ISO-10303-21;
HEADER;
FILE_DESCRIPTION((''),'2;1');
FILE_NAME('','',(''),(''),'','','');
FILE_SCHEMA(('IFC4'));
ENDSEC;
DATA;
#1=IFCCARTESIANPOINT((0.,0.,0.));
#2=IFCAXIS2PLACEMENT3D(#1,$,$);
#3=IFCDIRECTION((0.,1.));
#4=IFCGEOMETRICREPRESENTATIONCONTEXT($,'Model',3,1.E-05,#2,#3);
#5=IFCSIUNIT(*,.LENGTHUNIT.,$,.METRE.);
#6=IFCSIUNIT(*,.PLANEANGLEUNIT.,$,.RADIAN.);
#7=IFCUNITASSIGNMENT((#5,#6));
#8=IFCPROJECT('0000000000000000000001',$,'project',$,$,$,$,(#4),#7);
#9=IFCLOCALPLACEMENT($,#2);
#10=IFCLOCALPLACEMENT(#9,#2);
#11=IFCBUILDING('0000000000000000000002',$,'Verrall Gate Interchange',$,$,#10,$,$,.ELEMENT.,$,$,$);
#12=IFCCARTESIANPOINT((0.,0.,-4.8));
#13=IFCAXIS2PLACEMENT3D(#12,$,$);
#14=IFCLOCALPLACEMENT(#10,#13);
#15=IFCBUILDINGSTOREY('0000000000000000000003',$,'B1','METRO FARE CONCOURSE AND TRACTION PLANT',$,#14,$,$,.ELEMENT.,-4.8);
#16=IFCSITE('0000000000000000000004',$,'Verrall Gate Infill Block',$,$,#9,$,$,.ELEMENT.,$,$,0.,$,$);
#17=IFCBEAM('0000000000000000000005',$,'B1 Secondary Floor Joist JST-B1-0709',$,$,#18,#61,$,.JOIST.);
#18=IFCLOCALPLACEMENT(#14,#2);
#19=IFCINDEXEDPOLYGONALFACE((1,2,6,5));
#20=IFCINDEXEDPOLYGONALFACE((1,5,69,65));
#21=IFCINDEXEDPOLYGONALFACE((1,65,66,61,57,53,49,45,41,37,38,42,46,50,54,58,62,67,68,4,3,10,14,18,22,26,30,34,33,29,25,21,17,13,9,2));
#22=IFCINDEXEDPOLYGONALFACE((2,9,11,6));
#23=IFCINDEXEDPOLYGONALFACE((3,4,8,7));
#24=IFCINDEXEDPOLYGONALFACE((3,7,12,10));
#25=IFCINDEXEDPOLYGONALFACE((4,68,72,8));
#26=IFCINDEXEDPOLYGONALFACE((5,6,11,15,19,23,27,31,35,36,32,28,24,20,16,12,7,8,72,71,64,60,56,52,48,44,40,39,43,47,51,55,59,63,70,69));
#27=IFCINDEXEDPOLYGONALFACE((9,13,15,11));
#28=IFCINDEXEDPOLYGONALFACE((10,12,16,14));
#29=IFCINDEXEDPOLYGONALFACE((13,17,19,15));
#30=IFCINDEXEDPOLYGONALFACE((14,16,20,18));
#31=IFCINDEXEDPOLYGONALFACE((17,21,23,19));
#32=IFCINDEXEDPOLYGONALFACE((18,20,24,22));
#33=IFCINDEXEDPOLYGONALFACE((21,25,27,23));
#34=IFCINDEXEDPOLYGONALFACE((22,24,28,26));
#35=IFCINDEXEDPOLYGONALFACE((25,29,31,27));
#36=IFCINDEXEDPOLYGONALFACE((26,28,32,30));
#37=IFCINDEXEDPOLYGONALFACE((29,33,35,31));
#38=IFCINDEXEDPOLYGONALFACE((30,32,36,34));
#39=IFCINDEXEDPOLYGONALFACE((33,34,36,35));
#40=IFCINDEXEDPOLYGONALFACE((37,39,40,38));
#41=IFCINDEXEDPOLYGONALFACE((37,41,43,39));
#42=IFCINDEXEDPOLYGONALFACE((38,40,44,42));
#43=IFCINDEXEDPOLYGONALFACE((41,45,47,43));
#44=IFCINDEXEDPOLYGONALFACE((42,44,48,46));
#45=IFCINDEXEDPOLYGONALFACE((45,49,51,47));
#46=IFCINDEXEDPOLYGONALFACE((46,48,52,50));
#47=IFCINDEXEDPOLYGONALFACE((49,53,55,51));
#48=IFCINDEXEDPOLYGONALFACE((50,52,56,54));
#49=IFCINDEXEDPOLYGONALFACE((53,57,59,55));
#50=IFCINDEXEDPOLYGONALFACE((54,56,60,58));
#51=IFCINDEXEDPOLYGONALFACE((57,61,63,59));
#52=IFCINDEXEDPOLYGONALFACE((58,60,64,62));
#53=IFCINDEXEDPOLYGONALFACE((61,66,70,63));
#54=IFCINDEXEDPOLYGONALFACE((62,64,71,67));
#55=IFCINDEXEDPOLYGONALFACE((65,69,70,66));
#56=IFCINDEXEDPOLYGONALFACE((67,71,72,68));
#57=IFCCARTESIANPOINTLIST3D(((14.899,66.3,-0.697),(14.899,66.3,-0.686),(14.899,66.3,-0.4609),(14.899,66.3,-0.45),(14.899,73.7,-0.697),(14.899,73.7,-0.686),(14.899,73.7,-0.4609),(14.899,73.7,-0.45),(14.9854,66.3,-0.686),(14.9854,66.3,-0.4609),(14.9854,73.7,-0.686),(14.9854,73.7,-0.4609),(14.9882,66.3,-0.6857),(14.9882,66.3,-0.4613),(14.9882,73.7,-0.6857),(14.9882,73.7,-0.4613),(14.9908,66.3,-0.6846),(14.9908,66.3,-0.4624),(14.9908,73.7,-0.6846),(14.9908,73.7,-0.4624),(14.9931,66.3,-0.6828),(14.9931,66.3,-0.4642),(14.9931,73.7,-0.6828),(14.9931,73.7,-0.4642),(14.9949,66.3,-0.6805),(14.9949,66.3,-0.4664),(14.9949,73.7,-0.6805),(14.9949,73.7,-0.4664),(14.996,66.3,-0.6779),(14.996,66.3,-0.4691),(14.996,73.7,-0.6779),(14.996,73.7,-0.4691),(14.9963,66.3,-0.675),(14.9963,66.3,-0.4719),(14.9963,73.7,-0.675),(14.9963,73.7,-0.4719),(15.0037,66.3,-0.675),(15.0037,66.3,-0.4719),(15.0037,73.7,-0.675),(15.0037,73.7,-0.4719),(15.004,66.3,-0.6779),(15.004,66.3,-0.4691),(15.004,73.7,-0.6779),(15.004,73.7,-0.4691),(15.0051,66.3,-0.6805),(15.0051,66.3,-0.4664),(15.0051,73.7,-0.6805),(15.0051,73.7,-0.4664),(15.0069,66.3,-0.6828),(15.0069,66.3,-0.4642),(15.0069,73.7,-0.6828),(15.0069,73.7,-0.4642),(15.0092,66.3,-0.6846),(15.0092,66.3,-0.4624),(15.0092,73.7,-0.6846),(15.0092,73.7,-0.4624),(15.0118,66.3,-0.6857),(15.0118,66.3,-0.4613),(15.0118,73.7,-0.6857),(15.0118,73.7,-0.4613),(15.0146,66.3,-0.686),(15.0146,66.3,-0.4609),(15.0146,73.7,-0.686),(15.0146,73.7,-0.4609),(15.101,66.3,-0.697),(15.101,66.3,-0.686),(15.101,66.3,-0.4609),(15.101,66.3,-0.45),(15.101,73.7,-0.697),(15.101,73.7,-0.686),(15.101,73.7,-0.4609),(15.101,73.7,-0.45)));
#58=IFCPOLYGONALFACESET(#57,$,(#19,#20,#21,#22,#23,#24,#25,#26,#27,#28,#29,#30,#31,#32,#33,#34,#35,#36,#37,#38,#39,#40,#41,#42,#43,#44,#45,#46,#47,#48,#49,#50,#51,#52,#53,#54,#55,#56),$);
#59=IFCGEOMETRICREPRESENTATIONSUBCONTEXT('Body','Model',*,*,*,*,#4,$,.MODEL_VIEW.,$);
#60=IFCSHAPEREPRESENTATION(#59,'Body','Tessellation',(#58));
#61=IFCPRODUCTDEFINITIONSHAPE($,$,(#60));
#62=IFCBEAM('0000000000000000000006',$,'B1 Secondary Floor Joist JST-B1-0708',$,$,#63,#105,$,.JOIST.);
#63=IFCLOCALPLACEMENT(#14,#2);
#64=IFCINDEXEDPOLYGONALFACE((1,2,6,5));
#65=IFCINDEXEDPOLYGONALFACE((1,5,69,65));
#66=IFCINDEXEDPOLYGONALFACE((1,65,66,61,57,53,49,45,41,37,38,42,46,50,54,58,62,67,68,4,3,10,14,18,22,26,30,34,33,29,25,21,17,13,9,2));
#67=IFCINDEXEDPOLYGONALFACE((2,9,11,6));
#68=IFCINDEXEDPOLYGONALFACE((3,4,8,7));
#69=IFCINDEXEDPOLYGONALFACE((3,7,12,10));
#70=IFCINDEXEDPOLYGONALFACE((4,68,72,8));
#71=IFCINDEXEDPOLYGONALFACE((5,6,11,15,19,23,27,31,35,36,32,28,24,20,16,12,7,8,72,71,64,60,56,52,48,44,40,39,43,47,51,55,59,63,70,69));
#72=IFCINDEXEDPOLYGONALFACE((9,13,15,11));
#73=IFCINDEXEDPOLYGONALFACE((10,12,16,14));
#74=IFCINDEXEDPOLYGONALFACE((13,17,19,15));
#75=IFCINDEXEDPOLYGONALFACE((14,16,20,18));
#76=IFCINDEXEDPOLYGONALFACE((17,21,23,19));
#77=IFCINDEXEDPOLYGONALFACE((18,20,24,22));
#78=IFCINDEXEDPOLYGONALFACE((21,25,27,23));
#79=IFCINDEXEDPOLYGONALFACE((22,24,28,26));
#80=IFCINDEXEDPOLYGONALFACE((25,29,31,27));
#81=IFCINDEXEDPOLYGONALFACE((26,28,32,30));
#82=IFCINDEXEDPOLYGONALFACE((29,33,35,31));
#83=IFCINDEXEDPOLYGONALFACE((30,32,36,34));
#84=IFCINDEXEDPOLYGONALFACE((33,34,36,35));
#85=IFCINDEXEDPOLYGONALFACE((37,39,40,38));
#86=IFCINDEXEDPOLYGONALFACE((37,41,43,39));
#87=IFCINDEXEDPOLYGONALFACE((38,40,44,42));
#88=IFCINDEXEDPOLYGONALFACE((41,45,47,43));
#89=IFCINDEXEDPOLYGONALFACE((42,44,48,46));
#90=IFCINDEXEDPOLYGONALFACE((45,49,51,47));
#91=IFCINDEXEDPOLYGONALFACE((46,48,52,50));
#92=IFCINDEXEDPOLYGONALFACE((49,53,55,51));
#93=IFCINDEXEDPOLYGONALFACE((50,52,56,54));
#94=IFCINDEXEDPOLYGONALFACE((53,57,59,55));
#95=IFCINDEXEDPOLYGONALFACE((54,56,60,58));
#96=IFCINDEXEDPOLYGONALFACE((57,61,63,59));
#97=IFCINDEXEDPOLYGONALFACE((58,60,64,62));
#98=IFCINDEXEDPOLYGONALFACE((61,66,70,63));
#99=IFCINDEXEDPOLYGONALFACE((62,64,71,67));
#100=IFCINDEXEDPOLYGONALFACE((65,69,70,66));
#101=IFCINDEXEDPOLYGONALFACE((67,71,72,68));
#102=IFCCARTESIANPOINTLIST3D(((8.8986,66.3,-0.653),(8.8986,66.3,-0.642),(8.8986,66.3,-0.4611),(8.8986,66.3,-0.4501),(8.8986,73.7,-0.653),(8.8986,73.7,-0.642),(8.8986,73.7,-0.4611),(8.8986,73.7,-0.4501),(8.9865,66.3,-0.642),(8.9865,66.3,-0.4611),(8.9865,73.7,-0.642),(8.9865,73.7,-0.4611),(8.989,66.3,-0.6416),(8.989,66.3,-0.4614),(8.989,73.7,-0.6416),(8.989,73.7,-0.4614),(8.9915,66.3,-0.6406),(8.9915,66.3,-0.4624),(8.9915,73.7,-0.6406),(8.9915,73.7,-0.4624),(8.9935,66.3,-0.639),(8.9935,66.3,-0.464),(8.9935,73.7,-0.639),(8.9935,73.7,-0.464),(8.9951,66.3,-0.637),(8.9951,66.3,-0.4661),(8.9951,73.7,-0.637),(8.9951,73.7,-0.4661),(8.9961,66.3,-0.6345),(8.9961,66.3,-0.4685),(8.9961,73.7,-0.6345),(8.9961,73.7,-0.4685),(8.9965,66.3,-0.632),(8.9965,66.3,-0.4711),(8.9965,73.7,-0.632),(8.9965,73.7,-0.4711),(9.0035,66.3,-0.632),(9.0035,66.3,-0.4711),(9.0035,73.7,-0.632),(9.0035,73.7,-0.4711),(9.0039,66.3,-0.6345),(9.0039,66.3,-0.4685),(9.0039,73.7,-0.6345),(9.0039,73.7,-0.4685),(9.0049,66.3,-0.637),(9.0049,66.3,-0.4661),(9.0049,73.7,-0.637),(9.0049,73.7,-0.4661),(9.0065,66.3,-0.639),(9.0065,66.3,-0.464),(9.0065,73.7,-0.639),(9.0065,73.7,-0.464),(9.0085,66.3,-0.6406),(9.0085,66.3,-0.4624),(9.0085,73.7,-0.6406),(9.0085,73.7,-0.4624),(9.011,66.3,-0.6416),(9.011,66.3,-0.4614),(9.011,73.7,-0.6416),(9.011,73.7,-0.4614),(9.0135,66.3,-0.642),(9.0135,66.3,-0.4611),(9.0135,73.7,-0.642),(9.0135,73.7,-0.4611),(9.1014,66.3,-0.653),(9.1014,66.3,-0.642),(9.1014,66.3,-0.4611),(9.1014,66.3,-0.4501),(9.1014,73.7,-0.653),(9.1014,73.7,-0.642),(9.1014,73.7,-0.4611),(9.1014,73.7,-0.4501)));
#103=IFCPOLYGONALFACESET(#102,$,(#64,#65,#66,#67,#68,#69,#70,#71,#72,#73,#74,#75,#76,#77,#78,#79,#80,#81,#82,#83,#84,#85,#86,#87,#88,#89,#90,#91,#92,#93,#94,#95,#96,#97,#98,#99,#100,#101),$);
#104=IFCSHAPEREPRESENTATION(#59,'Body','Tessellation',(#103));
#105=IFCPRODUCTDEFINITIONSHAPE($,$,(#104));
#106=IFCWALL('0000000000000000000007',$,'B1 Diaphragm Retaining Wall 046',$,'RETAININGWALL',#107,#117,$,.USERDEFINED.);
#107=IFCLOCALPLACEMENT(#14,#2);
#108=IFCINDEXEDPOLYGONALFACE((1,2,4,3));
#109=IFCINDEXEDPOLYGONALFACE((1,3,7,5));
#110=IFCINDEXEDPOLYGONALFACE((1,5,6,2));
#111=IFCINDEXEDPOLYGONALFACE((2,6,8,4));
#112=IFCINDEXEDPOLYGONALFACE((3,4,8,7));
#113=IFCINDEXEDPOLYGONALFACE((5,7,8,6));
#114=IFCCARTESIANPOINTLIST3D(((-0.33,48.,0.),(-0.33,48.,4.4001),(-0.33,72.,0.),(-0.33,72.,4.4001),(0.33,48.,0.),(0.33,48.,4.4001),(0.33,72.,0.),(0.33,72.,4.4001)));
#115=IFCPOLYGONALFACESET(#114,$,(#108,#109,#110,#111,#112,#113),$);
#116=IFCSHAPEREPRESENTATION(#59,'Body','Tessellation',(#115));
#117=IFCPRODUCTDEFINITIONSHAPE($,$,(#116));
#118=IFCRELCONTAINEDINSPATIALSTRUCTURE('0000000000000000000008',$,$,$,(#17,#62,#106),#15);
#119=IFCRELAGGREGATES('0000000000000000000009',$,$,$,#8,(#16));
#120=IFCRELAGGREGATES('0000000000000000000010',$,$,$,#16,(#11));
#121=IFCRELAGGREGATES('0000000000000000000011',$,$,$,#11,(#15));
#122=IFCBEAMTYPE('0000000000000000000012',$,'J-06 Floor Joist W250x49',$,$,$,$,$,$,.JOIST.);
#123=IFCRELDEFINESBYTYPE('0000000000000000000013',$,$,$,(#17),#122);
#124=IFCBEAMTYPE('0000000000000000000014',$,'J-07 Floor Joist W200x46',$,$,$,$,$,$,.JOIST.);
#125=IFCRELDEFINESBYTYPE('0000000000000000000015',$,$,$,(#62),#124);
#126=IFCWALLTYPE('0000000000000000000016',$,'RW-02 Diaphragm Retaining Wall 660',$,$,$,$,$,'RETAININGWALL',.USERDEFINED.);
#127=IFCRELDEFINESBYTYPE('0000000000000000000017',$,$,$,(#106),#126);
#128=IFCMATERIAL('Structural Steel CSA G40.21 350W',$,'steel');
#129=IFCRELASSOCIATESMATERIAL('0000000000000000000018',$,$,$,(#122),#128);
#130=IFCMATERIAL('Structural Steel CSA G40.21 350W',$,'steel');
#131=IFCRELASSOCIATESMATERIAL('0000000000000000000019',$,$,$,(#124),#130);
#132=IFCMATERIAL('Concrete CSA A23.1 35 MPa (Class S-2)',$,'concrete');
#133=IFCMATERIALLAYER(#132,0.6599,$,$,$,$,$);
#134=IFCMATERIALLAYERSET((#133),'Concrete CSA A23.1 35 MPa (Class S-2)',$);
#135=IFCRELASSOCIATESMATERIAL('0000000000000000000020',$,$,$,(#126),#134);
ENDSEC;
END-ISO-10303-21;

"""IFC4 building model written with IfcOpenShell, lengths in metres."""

from ifc_helpers import new_model, si_unit, direction, frame, frame_2d, origin, origin_2d, place, context, subcontext, project, spatial, rectangle, i_section, extrude, material, layer, layer_set, material_profile, profile_set, type_object, element, save


model = new_model("IFC4")

# Units and contexts
model_context = context("Model", 3, precision=1e-05, world=origin(), true_north=direction((0.0, 1.0)))
body_context = subcontext(model_context, "Body", "Model", "MODEL_VIEW")
ifc_project = project(units=[si_unit("LENGTHUNIT", "METRE"), si_unit("PLANEANGLEUNIT", "RADIAN")], contexts=[model_context])

# Site, building, storey
site_placement = place(None, origin())
site = spatial("IfcSite", under=ifc_project, at=site_placement, Name="Verrall Gate Infill Block", CompositionType="ELEMENT", RefElevation=0.0)
building_placement = place(site_placement, origin())
building = spatial("IfcBuilding", under=site, at=building_placement, Name="Verrall Gate Interchange", CompositionType="ELEMENT")
storey_placement = place(building_placement, frame((0.0, 0.0, -4.8)))
storey = spatial("IfcBuildingStorey", under=building, at=storey_placement, Name="B1", Description="METRO FARE CONCOURSE AND TRACTION PLANT", CompositionType="ELEMENT", Elevation=-4.8)

# Beams
ifc_material_1 = material(Name="Structural Steel CSA G40.21 350W", Category="steel")
ifc_material_profile_1 = material_profile(ifc_material_1, i_section(OverallWidth=0.2019, OverallDepth=0.2471, WebThickness=0.0073, FlangeThickness=0.011, FilletRadius=0.011, at=origin_2d()), Name="W250x49")
ifc_profile_set_1 = profile_set([ifc_material_profile_1], Name="Structural Steel CSA G40.21 350W")
beam_type_1 = type_object("IfcBeamType", Name="J-06 Floor Joist W250x49", PredefinedType="JOIST", material=ifc_profile_set_1)
beam_1_placement = place(storey_placement, frame((15.0, 66.3, -0.5735), z_axis=(0.0, 1.0, 0.0), x_axis=(-1.0, 0.0, 0.0)))
element("IfcBeam", 1, at=beam_1_placement, inside=storey, type_object=beam_type_1, Name="B1 Secondary Floor Joist JST-B1-0709", PredefinedType="JOIST", context=body_context, shape_type="SweptSolid", body=[
    extrude(i_section(OverallWidth=0.2019, OverallDepth=0.2471, WebThickness=0.0073, FlangeThickness=0.011, FilletRadius=0.011, at=origin_2d()), origin(), (0.0, 0.0, 1.0), 7.3999),
])
ifc_material_2 = material(Name="Structural Steel CSA G40.21 350W", Category="steel")
ifc_material_profile_2 = material_profile(ifc_material_2, i_section(OverallWidth=0.2029, OverallDepth=0.2029, WebThickness=0.0071, FlangeThickness=0.011, FilletRadius=0.01, at=origin_2d()), Name="W200x46")
ifc_profile_set_2 = profile_set([ifc_material_profile_2], Name="Structural Steel CSA G40.21 350W")
beam_type_2 = type_object("IfcBeamType", Name="J-07 Floor Joist W200x46", PredefinedType="JOIST", material=ifc_profile_set_2)
beam_2_placement = place(storey_placement, frame((9.0, 66.3, -0.5515), z_axis=(0.0, 1.0, 0.0), x_axis=(-1.0, 0.0, 0.0)))
element("IfcBeam", 2, at=beam_2_placement, inside=storey, type_object=beam_type_2, Name="B1 Secondary Floor Joist JST-B1-0708", PredefinedType="JOIST", context=body_context, shape_type="SweptSolid", body=[
    extrude(i_section(OverallWidth=0.2029, OverallDepth=0.2029, WebThickness=0.0071, FlangeThickness=0.011, FilletRadius=0.01, at=origin_2d()), origin(), (0.0, 0.0, 1.0), 7.3999),
])

# Wall
ifc_material_3 = material(Name="Concrete CSA A23.1 35 MPa (Class S-2)", Category="concrete")
ifc_layer = layer(ifc_material_3, 0.6599)
ifc_layer_set = layer_set([ifc_layer], Name="Concrete CSA A23.1 35 MPa (Class S-2)")
wall_type = type_object("IfcWallType", Name="RW-02 Diaphragm Retaining Wall 660", ElementType="RETAININGWALL", PredefinedType="USERDEFINED", material=ifc_layer_set)
wall_placement = place(storey_placement, frame((0.0, 72.0, 0.0), z_axis=(0.0, 0.0, 1.0), x_axis=(0.0, -1.0, 0.0)))
element("IfcWall", 3, at=wall_placement, inside=storey, type_object=wall_type, Name="B1 Diaphragm Retaining Wall 046", ObjectType="RETAININGWALL", PredefinedType="USERDEFINED", context=body_context, shape_type="SweptSolid", body=[
    extrude(rectangle(XDim=24.0, YDim=0.6599, at=frame_2d((12.0, 0.0))), origin(), (0.0, 0.0, 1.0), 4.4001),
])

save(model, "model.ifc")
